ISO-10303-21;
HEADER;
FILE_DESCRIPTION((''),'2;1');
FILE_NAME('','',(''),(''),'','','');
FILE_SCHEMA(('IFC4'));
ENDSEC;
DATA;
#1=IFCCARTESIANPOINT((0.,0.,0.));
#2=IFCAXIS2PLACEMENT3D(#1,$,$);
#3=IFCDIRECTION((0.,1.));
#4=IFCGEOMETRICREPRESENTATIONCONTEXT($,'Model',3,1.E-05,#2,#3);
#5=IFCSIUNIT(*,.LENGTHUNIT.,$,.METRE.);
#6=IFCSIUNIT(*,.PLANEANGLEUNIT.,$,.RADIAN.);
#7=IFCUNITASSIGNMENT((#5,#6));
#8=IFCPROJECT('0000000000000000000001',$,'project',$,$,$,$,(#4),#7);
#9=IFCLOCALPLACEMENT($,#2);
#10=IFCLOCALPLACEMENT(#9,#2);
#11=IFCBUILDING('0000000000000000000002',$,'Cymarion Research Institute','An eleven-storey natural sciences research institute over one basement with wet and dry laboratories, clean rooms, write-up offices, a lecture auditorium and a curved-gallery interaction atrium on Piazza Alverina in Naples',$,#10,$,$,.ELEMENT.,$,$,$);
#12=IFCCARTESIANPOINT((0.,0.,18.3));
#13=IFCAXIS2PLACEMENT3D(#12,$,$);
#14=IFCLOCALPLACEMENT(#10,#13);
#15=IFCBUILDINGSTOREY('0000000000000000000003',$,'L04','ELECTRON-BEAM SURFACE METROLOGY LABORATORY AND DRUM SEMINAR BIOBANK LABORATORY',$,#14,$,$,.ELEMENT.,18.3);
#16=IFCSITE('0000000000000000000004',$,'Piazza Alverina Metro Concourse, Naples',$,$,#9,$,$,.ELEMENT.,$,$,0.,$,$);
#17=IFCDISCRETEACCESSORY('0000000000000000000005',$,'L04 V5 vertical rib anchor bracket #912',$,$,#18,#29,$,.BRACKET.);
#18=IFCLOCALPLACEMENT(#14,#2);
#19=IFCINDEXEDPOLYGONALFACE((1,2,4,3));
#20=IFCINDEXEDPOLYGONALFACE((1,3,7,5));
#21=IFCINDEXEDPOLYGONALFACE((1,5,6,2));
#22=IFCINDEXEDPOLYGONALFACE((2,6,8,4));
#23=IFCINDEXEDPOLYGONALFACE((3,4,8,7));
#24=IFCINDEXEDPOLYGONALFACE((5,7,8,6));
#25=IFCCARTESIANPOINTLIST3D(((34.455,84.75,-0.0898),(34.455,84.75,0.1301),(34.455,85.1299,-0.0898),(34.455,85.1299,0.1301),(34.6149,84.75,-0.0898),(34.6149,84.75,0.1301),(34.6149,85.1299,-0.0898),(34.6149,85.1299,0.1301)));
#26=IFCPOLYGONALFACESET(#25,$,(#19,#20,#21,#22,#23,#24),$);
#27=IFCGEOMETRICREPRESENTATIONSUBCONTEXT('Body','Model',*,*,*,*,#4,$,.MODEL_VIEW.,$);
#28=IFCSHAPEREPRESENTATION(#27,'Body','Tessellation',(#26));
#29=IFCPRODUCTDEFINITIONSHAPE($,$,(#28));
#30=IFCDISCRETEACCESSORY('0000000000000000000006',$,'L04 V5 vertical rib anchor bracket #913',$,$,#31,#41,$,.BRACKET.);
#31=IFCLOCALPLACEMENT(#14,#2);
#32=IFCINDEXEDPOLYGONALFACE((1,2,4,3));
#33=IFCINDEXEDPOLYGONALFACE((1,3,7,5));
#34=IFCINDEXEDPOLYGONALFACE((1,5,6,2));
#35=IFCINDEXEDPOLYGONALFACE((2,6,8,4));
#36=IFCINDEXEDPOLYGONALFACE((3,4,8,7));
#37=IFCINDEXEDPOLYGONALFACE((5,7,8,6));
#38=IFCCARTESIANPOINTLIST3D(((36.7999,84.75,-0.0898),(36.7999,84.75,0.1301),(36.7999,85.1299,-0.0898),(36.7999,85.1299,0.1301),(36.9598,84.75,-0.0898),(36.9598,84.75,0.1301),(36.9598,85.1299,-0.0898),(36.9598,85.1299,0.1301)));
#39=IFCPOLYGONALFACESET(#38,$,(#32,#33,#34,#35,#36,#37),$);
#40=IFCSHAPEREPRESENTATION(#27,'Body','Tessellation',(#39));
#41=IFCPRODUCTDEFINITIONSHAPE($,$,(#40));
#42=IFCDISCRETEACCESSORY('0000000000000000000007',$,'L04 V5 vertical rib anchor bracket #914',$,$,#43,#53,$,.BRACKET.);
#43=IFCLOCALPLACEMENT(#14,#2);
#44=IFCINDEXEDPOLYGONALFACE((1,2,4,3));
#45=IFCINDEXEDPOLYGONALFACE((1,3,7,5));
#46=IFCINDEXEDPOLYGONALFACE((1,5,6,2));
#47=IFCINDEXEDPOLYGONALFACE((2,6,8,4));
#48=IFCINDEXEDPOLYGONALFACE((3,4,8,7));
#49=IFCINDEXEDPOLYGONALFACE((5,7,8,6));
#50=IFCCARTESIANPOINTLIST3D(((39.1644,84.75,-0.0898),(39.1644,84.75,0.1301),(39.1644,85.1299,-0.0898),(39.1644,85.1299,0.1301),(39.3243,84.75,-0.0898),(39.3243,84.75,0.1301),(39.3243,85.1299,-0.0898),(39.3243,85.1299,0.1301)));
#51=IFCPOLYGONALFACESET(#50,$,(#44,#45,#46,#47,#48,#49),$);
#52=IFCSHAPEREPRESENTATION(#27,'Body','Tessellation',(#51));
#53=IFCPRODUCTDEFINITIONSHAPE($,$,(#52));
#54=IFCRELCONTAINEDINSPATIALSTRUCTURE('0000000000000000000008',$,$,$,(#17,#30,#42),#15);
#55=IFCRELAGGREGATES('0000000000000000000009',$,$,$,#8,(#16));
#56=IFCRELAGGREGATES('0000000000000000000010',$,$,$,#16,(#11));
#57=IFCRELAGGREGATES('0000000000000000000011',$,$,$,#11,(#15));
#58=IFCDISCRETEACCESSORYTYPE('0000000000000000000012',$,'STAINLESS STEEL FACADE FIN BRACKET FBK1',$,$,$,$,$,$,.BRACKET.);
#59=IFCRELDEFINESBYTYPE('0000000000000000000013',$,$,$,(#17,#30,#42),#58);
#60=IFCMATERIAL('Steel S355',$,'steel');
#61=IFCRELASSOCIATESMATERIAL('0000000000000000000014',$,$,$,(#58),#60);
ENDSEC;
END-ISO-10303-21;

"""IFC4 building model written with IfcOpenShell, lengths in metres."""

from ifc_helpers import new_model, si_unit, direction, frame, origin, origin_2d, place, context, subcontext, project, spatial, rectangle, extrude, material, type_object, element, save


model = new_model("IFC4")

# Units and contexts
model_context = context("Model", 3, precision=1e-05, world=origin(), true_north=direction((0.0, 1.0)))
body_context = subcontext(model_context, "Body", "Model", "MODEL_VIEW")
ifc_project = project(units=[si_unit("LENGTHUNIT", "METRE"), si_unit("PLANEANGLEUNIT", "RADIAN")], contexts=[model_context])

# Site, building, storey
site_placement = place(None, origin())
site = spatial("IfcSite", under=ifc_project, at=site_placement, Name="Piazza Alverina Metro Concourse, Naples", CompositionType="ELEMENT", RefElevation=0.0)
building_placement = place(site_placement, origin())
building = spatial("IfcBuilding", under=site, at=building_placement, Name="Cymarion Research Institute", Description="An eleven-storey natural sciences research institute over one basement with wet and dry laboratories, clean rooms, write-up offices, a lecture auditorium and a curved-gallery interaction atrium on Piazza Alverina in Naples", CompositionType="ELEMENT")
storey_placement = place(building_placement, frame((0.0, 0.0, 18.3)))
storey = spatial("IfcBuildingStorey", under=building, at=storey_placement, Name="L04", Description="ELECTRON-BEAM SURFACE METROLOGY LABORATORY AND DRUM SEMINAR BIOBANK LABORATORY", CompositionType="ELEMENT", Elevation=18.3)

# Shared definitions
ifc_material_1 = material(Name="Steel S355", Category="steel")

# Discrete accessories
discrete_accessory_type = type_object("IfcDiscreteAccessoryType", Name="STAINLESS STEEL FACADE FIN BRACKET FBK1", PredefinedType="BRACKET", material=ifc_material_1)
for number, where, z_axis, x_axis, name in (
    (1, (34.5349, 84.9399, -0.0898), (0.0, 0.0, 1.0), (0.0, -1.0, 0.0), "L04 V5 vertical rib anchor bracket #912"),
    (2, (36.8799, 84.9399, -0.0898), (0.0, 0.0, 1.0), (0.0, -1.0, 0.0), "L04 V5 vertical rib anchor bracket #913"),
    (3, (39.2444, 84.9399, -0.0898), (0.0, 0.0, 1.0), (0.0, -1.0, 0.0), "L04 V5 vertical rib anchor bracket #914"),
):
    element("IfcDiscreteAccessory", number, at=place(storey_placement, frame(where, z_axis=z_axis, x_axis=x_axis)), inside=storey, type_object=discrete_accessory_type, Name=name, PredefinedType="BRACKET", context=body_context, shape_type="SweptSolid", body=[
        extrude(rectangle(XDim=0.3799, YDim=0.1599, at=origin_2d()), origin(), (0.0, 0.0, 1.0), 0.22),
    ])

save(model, "model.ifc")
